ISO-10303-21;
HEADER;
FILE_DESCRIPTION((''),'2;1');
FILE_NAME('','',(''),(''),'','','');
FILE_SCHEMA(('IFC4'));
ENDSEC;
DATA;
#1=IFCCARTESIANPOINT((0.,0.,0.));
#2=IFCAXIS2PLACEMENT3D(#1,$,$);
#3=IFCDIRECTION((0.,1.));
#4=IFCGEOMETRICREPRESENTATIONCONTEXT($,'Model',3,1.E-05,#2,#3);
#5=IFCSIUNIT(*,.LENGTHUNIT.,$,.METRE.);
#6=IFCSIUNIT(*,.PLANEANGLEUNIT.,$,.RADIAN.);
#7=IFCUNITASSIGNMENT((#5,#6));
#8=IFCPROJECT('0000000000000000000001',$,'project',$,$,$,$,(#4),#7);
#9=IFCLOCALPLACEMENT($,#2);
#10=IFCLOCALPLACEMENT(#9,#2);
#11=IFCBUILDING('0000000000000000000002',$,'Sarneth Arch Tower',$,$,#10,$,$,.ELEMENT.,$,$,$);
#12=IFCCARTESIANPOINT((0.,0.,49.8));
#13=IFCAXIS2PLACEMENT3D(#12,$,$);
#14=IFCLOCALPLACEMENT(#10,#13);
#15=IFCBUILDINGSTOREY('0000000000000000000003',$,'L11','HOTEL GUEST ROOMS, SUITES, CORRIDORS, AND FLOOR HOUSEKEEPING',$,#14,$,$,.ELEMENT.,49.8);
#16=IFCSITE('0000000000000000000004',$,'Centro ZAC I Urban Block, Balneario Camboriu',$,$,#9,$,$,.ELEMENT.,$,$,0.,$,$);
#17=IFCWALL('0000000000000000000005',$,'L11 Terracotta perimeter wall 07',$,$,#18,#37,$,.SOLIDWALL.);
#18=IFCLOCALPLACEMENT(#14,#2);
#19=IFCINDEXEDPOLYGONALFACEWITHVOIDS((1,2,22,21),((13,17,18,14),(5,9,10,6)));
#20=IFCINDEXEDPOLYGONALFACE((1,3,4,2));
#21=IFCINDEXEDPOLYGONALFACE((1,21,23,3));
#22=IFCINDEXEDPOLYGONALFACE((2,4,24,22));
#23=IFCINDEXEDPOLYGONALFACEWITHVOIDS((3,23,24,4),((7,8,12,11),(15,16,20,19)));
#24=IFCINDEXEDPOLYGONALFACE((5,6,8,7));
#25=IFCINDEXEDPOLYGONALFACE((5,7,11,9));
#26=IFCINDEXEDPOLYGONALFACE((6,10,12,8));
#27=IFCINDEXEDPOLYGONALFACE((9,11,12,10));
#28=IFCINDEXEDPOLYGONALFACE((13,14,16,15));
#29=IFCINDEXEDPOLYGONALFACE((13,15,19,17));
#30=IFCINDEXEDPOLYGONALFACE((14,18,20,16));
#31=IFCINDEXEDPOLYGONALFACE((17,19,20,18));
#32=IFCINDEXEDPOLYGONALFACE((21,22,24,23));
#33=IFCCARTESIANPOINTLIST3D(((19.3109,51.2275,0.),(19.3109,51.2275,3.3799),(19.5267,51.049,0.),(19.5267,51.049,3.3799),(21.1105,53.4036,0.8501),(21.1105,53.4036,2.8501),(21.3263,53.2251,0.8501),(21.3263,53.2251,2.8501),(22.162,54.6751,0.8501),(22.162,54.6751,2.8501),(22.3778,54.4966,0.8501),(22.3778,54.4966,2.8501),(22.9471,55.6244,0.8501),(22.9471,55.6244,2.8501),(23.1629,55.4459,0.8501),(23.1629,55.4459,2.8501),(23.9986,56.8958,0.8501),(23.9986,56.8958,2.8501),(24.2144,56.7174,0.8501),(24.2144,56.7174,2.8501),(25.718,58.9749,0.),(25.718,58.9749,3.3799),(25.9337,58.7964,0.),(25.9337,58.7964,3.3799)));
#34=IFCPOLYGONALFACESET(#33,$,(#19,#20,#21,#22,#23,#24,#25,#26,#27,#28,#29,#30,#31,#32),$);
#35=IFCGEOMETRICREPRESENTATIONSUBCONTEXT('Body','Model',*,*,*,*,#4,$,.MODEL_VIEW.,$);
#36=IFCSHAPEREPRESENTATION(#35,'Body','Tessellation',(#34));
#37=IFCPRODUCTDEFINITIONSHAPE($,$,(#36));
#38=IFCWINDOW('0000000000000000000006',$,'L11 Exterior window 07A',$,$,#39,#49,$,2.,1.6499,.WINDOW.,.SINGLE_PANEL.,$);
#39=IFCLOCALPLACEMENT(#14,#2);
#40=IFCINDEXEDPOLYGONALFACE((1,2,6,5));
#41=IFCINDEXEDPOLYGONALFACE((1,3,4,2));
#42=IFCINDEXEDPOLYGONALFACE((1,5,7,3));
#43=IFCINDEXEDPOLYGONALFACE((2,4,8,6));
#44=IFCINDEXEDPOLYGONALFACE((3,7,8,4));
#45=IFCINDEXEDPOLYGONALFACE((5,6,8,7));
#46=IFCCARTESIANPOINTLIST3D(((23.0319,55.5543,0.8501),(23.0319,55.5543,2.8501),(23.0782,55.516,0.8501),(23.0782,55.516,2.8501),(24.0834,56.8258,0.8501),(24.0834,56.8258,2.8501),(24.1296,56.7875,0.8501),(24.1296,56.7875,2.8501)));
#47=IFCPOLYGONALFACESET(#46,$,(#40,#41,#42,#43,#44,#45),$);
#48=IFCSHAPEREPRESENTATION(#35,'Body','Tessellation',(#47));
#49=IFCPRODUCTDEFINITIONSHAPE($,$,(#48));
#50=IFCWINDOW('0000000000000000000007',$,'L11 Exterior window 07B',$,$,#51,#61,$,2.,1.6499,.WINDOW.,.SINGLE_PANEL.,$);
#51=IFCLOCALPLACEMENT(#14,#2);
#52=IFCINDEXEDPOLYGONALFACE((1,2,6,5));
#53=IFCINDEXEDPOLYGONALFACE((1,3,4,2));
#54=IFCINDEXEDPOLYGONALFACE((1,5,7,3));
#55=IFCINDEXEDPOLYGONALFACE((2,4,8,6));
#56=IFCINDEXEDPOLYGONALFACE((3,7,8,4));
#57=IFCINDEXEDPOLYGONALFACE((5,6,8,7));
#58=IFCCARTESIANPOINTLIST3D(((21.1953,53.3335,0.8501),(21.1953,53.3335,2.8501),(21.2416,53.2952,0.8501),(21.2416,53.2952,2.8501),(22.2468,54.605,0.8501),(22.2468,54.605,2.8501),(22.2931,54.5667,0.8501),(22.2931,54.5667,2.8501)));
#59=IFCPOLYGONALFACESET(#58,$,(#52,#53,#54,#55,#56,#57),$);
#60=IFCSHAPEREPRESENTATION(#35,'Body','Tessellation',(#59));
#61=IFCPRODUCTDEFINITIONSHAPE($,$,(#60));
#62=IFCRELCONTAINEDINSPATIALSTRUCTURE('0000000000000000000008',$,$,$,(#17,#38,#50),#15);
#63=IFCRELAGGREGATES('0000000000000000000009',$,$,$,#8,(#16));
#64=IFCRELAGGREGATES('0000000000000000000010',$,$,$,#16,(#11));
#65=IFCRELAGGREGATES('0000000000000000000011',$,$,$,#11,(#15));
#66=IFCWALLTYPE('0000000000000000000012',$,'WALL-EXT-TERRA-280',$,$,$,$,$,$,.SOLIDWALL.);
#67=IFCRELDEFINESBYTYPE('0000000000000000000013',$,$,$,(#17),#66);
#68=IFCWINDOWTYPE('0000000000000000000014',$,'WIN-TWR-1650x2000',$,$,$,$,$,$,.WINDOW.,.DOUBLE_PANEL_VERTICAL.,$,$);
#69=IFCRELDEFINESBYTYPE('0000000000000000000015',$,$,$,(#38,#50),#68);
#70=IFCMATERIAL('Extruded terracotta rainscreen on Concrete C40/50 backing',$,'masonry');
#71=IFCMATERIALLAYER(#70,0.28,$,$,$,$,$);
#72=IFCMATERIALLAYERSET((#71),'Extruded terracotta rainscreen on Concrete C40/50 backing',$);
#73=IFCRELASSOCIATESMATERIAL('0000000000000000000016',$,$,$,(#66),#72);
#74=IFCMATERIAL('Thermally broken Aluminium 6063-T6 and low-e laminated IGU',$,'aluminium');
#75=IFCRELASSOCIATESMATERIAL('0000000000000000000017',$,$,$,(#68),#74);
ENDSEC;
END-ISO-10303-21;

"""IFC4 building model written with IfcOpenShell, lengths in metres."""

from ifc_helpers import new_model, si_unit, direction, frame, frame_2d, origin, place, context, subcontext, project, spatial, rectangle, extrude, material, layer, layer_set, type_object, element, fill, save


model = new_model("IFC4")

# Units and contexts
model_context = context("Model", 3, precision=1e-05, world=origin(), true_north=direction((0.0, 1.0)))
body_context = subcontext(model_context, "Body", "Model", "MODEL_VIEW")
ifc_project = project(units=[si_unit("LENGTHUNIT", "METRE"), si_unit("PLANEANGLEUNIT", "RADIAN")], contexts=[model_context])

# Site, building, storey
site_placement = place(None, origin())
site = spatial("IfcSite", under=ifc_project, at=site_placement, Name="Centro ZAC I Urban Block, Balneario Camboriu", CompositionType="ELEMENT", RefElevation=0.0)
building_placement = place(site_placement, origin())
building = spatial("IfcBuilding", under=site, at=building_placement, Name="Sarneth Arch Tower", CompositionType="ELEMENT")
storey_placement = place(building_placement, frame((0.0, 0.0, 49.8)))
storey = spatial("IfcBuildingStorey", under=building, at=storey_placement, Name="L11", Description="HOTEL GUEST ROOMS, SUITES, CORRIDORS, AND FLOOR HOUSEKEEPING", CompositionType="ELEMENT", Elevation=49.8)

# Wall, openings, windows
ifc_material_1 = material(Name="Extruded terracotta rainscreen on Concrete C40/50 backing", Category="masonry")
ifc_layer_1 = layer(ifc_material_1, 0.28)
ifc_layer_set_1 = layer_set([ifc_layer_1], Name="Extruded terracotta rainscreen on Concrete C40/50 backing")
wall_type = type_object("IfcWallType", Name="WALL-EXT-TERRA-280", PredefinedType="SOLIDWALL", material=ifc_layer_set_1)
wall_placement = place(storey_placement, frame((25.8259, 58.8857, 0.0), z_axis=(0.0, 0.0, 1.0), x_axis=(-0.637297, -0.770618, 0.0)))
wall = element("IfcWall", 1, at=wall_placement, inside=storey, type_object=wall_type, Name="L11 Terracotta perimeter wall 07", PredefinedType="SOLIDWALL", context=body_context, shape_type="SweptSolid", body=[
    extrude(rectangle(XDim=10.0535, YDim=0.28, at=frame_2d((5.0269, 0.0))), origin(), (0.0, 0.0, 1.0), 3.3799),
])
opening_1_placement = place(wall_placement, frame((2.698, 0.0, 0.8501)))
opening_1 = element("IfcOpeningElement", 2, at=opening_1_placement, cuts=wall, PredefinedType="OPENING", context=body_context, shape_type="SweptSolid", body=[
    extrude(rectangle(XDim=1.6499, YDim=2.0, at=frame_2d((0.825, 1.0))), frame((0.0, 0.1499, 0.0), z_axis=(0.0, -1.0, 0.0), x_axis=(1.0, 0.0, 0.0)), (0.0, 0.0, 1.0), 0.3),
])
opening_2_placement = place(wall_placement, frame((5.5798, 0.0, 0.8501)))
opening_2 = element("IfcOpeningElement", 3, at=opening_2_placement, cuts=wall, PredefinedType="OPENING", context=body_context, shape_type="SweptSolid", body=[
    extrude(rectangle(XDim=1.6499, YDim=2.0, at=frame_2d((0.825, 1.0))), frame((0.0, 0.1499, 0.0), z_axis=(0.0, -1.0, 0.0), x_axis=(1.0, 0.0, 0.0)), (0.0, 0.0, 1.0), 0.3),
])
ifc_material_2 = material(Name="Thermally broken Aluminium 6063-T6 and low-e laminated IGU", Category="aluminium")
window_type = type_object("IfcWindowType", Name="WIN-TWR-1650x2000", PartitioningType="DOUBLE_PANEL_VERTICAL", PredefinedType="WINDOW", material=ifc_material_2)
window_1_placement = place(opening_1_placement, origin())
window_1 = element("IfcWindow", 4, at=window_1_placement, inside=storey, type_object=window_type, Name="L11 Exterior window 07A", OverallHeight=2.0, OverallWidth=1.6499, PartitioningType="SINGLE_PANEL", PredefinedType="WINDOW", context=body_context, shape_type="SweptSolid", body=[
    extrude(rectangle(XDim=1.6499, YDim=2.0, at=frame_2d((0.825, 1.0))), frame((0.0, 0.03, 0.0), z_axis=(0.0, -1.0, 0.0), x_axis=(1.0, 0.0, 0.0)), (0.0, 0.0, 1.0), 0.0601),
])
fill(opening_1, window_1)
window_2_placement = place(opening_2_placement, origin())
window_2 = element("IfcWindow", 5, at=window_2_placement, inside=storey, type_object=window_type, Name="L11 Exterior window 07B", OverallHeight=2.0, OverallWidth=1.6499, PartitioningType="SINGLE_PANEL", PredefinedType="WINDOW", context=body_context, shape_type="SweptSolid", body=[
    extrude(rectangle(XDim=1.6499, YDim=2.0, at=frame_2d((0.825, 1.0))), frame((0.0, 0.03, 0.0), z_axis=(0.0, -1.0, 0.0), x_axis=(1.0, 0.0, 0.0)), (0.0, 0.0, 1.0), 0.0601),
])
fill(opening_2, window_2)

save(model, "model.ifc")
